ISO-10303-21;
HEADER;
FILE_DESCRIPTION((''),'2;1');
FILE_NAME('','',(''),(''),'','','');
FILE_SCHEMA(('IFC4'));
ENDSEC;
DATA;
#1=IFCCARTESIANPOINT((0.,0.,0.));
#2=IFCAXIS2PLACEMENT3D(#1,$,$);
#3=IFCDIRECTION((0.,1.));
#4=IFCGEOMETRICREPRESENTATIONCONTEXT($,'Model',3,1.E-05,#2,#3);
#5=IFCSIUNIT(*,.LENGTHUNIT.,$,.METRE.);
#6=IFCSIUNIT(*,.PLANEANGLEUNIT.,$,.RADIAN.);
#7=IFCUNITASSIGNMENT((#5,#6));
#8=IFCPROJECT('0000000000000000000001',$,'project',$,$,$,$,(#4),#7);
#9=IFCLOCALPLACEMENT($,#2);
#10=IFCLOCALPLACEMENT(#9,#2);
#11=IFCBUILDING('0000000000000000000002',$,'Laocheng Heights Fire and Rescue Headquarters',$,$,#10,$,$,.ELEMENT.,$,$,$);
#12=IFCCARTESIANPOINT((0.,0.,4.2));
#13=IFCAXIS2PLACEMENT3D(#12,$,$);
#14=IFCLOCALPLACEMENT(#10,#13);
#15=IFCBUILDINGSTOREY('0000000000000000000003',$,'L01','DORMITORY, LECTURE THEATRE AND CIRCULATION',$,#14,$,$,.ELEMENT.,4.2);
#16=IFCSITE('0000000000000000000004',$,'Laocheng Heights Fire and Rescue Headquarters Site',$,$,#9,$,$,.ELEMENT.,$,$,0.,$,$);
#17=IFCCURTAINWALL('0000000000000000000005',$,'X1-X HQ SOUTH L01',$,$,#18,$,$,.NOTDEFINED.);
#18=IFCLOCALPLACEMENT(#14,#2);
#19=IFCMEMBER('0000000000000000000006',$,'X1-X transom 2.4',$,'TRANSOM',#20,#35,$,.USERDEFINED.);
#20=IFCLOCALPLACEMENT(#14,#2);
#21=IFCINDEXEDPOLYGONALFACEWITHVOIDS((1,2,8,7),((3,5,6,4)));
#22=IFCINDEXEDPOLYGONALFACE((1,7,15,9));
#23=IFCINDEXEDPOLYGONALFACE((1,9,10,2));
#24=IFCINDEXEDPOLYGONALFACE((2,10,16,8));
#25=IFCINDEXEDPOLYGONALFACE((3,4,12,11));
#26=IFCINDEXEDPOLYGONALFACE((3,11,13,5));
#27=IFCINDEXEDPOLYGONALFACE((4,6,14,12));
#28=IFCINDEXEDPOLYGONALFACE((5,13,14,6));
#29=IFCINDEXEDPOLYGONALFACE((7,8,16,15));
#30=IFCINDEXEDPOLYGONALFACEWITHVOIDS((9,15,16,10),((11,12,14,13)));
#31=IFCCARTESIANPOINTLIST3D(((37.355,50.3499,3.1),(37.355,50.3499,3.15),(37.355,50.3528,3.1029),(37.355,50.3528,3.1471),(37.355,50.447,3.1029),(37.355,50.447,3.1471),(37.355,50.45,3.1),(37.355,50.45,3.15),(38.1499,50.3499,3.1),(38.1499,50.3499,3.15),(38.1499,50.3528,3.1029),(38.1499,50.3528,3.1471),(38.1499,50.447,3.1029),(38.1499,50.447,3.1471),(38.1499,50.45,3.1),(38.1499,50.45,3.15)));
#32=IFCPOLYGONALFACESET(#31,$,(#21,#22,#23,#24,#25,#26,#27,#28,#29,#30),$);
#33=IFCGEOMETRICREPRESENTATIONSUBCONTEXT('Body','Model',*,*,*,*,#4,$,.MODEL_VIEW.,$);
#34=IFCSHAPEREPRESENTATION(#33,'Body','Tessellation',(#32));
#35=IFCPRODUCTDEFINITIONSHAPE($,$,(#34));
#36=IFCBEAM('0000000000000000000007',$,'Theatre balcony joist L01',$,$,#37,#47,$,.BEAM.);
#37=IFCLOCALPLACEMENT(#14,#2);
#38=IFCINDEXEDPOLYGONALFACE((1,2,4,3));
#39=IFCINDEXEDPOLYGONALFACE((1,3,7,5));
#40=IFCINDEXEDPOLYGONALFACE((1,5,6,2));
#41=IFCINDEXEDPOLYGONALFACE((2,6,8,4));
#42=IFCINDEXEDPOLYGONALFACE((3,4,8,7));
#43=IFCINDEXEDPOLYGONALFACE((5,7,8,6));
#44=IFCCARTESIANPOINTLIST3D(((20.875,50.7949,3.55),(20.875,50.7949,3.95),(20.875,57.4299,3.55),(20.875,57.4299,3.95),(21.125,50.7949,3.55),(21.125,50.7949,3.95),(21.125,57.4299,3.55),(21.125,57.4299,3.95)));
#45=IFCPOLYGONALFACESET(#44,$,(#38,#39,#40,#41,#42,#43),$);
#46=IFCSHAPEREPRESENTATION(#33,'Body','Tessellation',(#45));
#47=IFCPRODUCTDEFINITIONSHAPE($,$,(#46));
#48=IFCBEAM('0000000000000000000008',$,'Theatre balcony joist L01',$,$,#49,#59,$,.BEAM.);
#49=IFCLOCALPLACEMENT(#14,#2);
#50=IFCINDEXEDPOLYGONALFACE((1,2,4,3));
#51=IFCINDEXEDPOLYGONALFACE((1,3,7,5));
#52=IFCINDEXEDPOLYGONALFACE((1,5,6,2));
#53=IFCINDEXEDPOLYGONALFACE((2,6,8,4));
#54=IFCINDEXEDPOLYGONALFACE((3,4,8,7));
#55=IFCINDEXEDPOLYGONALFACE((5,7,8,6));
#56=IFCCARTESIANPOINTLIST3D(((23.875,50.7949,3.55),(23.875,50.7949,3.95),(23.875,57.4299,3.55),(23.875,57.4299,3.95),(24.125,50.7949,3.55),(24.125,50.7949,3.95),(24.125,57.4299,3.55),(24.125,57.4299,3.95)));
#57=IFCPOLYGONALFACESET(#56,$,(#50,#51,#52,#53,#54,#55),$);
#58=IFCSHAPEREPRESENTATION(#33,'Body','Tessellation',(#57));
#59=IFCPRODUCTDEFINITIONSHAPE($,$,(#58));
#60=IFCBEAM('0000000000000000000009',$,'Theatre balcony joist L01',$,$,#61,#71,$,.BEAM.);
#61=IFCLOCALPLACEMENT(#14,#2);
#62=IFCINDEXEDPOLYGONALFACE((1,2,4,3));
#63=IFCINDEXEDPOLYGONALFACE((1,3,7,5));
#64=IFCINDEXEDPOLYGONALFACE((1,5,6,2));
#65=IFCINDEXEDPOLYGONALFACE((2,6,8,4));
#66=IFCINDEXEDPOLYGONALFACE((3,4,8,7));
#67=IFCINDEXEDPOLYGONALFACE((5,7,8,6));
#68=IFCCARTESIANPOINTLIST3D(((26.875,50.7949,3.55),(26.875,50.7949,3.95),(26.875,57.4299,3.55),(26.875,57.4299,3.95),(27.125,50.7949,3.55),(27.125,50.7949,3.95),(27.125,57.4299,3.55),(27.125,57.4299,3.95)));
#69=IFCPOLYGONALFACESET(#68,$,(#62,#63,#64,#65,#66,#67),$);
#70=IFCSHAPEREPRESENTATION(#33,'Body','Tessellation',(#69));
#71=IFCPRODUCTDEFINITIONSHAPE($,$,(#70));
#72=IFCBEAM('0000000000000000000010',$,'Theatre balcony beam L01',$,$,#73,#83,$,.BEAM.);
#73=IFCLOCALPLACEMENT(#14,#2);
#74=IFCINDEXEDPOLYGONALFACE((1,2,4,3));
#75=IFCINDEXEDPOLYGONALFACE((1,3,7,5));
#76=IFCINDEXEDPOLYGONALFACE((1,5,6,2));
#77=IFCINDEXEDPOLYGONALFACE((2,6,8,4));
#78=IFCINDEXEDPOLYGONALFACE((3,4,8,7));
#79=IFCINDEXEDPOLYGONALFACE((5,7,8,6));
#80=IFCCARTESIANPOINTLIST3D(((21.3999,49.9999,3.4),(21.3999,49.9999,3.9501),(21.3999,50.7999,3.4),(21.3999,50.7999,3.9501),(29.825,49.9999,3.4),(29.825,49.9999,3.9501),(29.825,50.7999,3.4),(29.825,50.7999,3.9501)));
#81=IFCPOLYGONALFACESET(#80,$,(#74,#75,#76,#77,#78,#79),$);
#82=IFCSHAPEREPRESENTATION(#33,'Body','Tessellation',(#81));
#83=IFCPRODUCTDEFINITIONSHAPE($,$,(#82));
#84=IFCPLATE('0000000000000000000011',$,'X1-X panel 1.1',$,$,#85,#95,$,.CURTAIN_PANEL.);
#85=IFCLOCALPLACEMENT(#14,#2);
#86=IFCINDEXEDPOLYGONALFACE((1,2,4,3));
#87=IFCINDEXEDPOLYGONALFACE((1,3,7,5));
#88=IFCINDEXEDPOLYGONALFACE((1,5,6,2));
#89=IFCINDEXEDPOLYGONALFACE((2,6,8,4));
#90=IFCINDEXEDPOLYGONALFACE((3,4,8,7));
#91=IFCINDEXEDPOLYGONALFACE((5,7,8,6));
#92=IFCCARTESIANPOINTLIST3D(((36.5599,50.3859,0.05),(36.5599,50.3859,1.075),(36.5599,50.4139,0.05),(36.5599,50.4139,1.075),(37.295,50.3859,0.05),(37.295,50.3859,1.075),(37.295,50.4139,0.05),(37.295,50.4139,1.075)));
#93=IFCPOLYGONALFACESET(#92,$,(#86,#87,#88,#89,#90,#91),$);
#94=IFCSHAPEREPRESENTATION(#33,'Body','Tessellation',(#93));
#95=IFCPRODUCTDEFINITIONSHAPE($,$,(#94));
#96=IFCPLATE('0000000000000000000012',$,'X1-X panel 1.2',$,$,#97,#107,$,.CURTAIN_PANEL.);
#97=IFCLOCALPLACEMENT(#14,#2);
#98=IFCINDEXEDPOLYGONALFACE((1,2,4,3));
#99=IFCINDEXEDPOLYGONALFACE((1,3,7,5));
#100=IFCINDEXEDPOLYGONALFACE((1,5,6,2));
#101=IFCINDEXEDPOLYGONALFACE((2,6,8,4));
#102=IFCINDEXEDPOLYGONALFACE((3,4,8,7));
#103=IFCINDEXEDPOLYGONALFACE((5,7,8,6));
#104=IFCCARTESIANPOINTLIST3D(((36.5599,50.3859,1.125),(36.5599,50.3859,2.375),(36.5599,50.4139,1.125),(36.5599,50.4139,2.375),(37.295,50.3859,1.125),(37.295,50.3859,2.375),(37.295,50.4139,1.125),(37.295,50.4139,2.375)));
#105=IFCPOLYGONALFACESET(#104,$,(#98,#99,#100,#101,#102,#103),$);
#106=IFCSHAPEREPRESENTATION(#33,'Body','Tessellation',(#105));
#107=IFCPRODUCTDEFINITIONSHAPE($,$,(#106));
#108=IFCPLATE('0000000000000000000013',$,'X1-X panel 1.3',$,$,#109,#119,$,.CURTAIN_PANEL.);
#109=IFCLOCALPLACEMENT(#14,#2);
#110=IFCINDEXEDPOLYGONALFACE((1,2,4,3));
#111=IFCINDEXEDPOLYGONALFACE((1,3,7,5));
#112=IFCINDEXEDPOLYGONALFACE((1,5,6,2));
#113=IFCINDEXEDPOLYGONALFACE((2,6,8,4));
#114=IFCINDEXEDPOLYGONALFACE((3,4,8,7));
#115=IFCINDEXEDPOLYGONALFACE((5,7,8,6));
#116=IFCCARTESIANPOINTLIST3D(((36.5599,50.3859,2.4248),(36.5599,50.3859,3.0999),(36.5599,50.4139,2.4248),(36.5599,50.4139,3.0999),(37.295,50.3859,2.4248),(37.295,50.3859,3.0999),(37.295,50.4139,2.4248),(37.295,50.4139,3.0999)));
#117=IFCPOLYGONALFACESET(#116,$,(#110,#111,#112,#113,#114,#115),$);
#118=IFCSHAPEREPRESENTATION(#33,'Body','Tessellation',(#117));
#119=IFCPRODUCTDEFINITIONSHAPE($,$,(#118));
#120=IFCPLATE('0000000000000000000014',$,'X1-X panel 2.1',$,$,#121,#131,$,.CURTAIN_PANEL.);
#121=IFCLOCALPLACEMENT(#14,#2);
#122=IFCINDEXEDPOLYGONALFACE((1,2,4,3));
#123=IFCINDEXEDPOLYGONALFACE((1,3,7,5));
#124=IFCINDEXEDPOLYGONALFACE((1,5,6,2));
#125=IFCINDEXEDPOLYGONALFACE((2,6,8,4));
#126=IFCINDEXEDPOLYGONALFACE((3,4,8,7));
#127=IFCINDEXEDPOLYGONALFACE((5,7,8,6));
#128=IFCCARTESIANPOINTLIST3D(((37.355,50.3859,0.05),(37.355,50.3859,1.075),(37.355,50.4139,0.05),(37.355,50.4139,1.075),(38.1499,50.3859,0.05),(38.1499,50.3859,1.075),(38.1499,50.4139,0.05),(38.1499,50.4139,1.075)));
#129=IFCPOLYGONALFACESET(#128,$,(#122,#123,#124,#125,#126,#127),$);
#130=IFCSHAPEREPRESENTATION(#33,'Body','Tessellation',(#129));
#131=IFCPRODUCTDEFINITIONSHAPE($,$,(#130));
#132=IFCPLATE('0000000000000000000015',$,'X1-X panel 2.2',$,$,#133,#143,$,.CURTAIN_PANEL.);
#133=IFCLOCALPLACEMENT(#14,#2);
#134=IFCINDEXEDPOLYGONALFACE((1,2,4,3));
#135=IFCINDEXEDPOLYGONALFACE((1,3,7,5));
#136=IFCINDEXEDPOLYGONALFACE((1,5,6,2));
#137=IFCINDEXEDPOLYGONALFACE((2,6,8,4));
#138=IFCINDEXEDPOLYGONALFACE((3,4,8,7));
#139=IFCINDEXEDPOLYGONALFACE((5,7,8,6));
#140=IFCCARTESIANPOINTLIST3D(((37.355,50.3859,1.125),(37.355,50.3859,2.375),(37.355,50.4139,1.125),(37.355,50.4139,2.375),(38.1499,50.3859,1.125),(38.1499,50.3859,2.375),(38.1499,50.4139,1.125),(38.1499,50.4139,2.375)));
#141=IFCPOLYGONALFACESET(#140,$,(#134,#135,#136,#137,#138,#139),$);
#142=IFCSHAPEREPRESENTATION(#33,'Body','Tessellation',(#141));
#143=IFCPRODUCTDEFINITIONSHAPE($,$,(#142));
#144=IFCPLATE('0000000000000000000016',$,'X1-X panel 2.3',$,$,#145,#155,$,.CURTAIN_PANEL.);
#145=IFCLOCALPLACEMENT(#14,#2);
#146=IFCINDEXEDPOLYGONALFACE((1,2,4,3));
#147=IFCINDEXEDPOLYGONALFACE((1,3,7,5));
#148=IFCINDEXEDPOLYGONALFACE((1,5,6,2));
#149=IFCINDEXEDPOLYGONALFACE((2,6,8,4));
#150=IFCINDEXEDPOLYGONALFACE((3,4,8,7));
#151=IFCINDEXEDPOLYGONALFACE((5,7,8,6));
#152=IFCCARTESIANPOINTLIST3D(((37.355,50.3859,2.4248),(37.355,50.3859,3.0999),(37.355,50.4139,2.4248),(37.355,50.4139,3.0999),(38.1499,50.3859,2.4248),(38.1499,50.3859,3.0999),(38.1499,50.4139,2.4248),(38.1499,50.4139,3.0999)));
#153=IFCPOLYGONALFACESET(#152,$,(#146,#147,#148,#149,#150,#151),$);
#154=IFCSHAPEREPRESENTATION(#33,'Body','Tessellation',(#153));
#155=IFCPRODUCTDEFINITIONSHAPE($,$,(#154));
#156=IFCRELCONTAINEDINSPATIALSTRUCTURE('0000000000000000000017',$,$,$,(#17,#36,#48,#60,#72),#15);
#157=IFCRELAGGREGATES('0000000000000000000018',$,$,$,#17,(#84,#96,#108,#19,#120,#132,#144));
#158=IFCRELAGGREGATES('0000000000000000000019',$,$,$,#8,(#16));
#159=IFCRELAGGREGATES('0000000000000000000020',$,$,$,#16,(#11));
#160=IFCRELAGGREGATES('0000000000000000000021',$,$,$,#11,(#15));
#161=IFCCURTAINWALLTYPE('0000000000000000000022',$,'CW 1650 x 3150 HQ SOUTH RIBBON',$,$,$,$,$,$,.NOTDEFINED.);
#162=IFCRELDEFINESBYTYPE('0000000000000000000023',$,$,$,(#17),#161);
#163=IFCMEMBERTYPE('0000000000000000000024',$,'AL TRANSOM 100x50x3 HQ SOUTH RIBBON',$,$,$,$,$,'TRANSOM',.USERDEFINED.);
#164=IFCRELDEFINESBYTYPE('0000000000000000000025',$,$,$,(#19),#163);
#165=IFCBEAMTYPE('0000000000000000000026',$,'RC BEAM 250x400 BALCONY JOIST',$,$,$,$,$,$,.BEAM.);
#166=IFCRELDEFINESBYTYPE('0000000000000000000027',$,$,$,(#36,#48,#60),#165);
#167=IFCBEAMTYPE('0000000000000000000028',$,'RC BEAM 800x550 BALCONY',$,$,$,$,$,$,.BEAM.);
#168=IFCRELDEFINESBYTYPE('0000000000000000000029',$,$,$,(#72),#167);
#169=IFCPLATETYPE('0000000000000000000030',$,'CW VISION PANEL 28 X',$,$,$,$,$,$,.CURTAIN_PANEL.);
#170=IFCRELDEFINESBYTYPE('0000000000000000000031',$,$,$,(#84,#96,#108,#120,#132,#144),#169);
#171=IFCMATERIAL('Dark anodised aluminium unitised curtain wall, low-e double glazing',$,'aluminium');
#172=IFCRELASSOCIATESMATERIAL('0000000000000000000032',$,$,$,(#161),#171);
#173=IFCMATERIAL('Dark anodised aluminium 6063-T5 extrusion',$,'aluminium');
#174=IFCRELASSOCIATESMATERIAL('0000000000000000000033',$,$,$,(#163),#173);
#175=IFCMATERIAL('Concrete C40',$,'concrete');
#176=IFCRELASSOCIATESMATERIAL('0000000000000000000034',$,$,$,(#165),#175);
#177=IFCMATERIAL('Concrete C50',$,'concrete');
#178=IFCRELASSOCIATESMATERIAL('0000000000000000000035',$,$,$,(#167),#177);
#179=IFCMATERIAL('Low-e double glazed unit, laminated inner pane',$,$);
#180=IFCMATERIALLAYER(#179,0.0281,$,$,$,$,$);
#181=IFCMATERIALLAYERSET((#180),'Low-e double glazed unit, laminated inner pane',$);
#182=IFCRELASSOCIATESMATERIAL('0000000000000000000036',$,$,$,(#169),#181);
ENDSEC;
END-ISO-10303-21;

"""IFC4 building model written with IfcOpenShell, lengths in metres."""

from ifc_helpers import new_model, si_unit, direction, frame, origin, origin_2d, place, context, subcontext, project, spatial, rectangle, hollow_rectangle, extrude, material, layer, layer_set, material_profile, profile_set, type_object, element, aggregate, save


model = new_model("IFC4")

# Units and contexts
model_context = context("Model", 3, precision=1e-05, world=origin(), true_north=direction((0.0, 1.0)))
body_context = subcontext(model_context, "Body", "Model", "MODEL_VIEW")
ifc_project = project(units=[si_unit("LENGTHUNIT", "METRE"), si_unit("PLANEANGLEUNIT", "RADIAN")], contexts=[model_context])

# Site, building, storey
site_placement = place(None, origin())
site = spatial("IfcSite", under=ifc_project, at=site_placement, Name="Laocheng Heights Fire and Rescue Headquarters Site", CompositionType="ELEMENT", RefElevation=0.0)
building_placement = place(site_placement, origin())
building = spatial("IfcBuilding", under=site, at=building_placement, Name="Laocheng Heights Fire and Rescue Headquarters", CompositionType="ELEMENT")
storey_placement = place(building_placement, frame((0.0, 0.0, 4.2)))
storey = spatial("IfcBuildingStorey", under=building, at=storey_placement, Name="L01", Description="DORMITORY, LECTURE THEATRE AND CIRCULATION", CompositionType="ELEMENT", Elevation=4.2)

# Curtain wall, member
ifc_material_1 = material(Name="Dark anodised aluminium unitised curtain wall, low-e double glazing", Category="aluminium")
curtain_wall_type = type_object("IfcCurtainWallType", Name="CW 1650 x 3150 HQ SOUTH RIBBON", PredefinedType="NOTDEFINED", material=ifc_material_1)
curtain_wall_placement = place(storey_placement, origin())
curtain_wall = element("IfcCurtainWall", 1, at=curtain_wall_placement, inside=storey, type_object=curtain_wall_type, Name="X1-X HQ SOUTH L01", PredefinedType="NOTDEFINED")
ifc_material_2 = material(Name="Dark anodised aluminium 6063-T5 extrusion", Category="aluminium")
ifc_material_profile_1 = material_profile(ifc_material_2, hollow_rectangle(XDim=0.1001, YDim=0.05, WallThickness=0.0029, at=origin_2d()), Name="AL TRANSOM 100x50x3 HQ SOUTH RIBBON")
ifc_profile_set_1 = profile_set([ifc_material_profile_1], Name="Dark anodised aluminium 6063-T5 extrusion")
member_type_1 = type_object("IfcMemberType", Name="AL TRANSOM 100x50x3 HQ SOUTH RIBBON", ElementType="TRANSOM", PredefinedType="USERDEFINED", material=ifc_profile_set_1)
member_1_placement = place(storey_placement, frame((37.355, 50.3999, 3.125), z_axis=(1.0, 0.0, 0.0), x_axis=(0.0, 1.0, 0.0)))
member_1 = element("IfcMember", 2, at=member_1_placement, type_object=member_type_1, Name="X1-X transom 2.4", ObjectType="TRANSOM", PredefinedType="USERDEFINED", context=body_context, shape_type="SweptSolid", body=[
    extrude(hollow_rectangle(XDim=0.1001, YDim=0.05, WallThickness=0.0029, at=origin_2d()), origin(), (0.0, 0.0, 1.0), 0.7949),
])

# Beams
ifc_material_3 = material(Name="Concrete C40", Category="concrete")
ifc_material_profile_2 = material_profile(ifc_material_3, rectangle(XDim=0.25, YDim=0.3999, at=origin_2d()), Name="RC BEAM 250x400 BALCONY JOIST")
ifc_profile_set_2 = profile_set([ifc_material_profile_2], Name="Concrete C40")
beam_type_1 = type_object("IfcBeamType", Name="RC BEAM 250x400 BALCONY JOIST", PredefinedType="BEAM", material=ifc_profile_set_2)
for number, where, z_axis, x_axis, name in (
    (3, (21.0, 50.7949, 3.75), (0.0, 1.0, 0.0), (-1.0, 0.0, 0.0), "Theatre balcony joist L01"),
    (4, (24.0, 50.7949, 3.75), (0.0, 1.0, 0.0), (-1.0, 0.0, 0.0), "Theatre balcony joist L01"),
    (5, (27.0, 50.7949, 3.75), (0.0, 1.0, 0.0), (-1.0, 0.0, 0.0), "Theatre balcony joist L01"),
):
    element("IfcBeam", number, at=place(storey_placement, frame(where, z_axis=z_axis, x_axis=x_axis)), inside=storey, type_object=beam_type_1, Name=name, PredefinedType="BEAM", context=body_context, shape_type="SweptSolid", body=[
        extrude(rectangle(XDim=0.25, YDim=0.3999, at=origin_2d()), origin(), (0.0, 0.0, 1.0), 6.635),
    ])
ifc_material_4 = material(Name="Concrete C50", Category="concrete")
ifc_material_profile_3 = material_profile(ifc_material_4, rectangle(XDim=0.8, YDim=0.55, at=origin_2d()), Name="RC BEAM 800x550 BALCONY")
ifc_profile_set_3 = profile_set([ifc_material_profile_3], Name="Concrete C50")
beam_type_2 = type_object("IfcBeamType", Name="RC BEAM 800x550 BALCONY", PredefinedType="BEAM", material=ifc_profile_set_3)
beam_placement = place(storey_placement, frame((21.3999, 50.3999, 3.675), z_axis=(1.0, 0.0, 0.0), x_axis=(0.0, 1.0, 0.0)))
element("IfcBeam", 6, at=beam_placement, inside=storey, type_object=beam_type_2, Name="Theatre balcony beam L01", PredefinedType="BEAM", context=body_context, shape_type="SweptSolid", body=[
    extrude(rectangle(XDim=0.8, YDim=0.55, at=origin_2d()), origin(), (0.0, 0.0, 1.0), 8.425),
])

# Plates
ifc_material_5 = material(Name="Low-e double glazed unit, laminated inner pane")
ifc_layer = layer(ifc_material_5, 0.0281)
ifc_layer_set = layer_set([ifc_layer], Name="Low-e double glazed unit, laminated inner pane")
plate_type = type_object("IfcPlateType", Name="CW VISION PANEL 28 X", PredefinedType="CURTAIN_PANEL", material=ifc_layer_set)
plate_1_placement = place(storey_placement, frame((36.9275, 50.3999, 0.05), z_axis=(0.0, 0.0, 1.0), x_axis=(1.0, 0.0, 0.0)))
plate_1 = element("IfcPlate", 7, at=plate_1_placement, type_object=plate_type, Name="X1-X panel 1.1", PredefinedType="CURTAIN_PANEL", context=body_context, shape_type="SweptSolid", body=[
    extrude(rectangle(XDim=0.7351, YDim=0.0281, at=origin_2d()), origin(), (0.0, 0.0, 1.0), 1.0249),
])
plate_2_placement = place(storey_placement, frame((36.9275, 50.3999, 1.125), z_axis=(0.0, 0.0, 1.0), x_axis=(1.0, 0.0, 0.0)))
plate_2 = element("IfcPlate", 8, at=plate_2_placement, type_object=plate_type, Name="X1-X panel 1.2", PredefinedType="CURTAIN_PANEL", context=body_context, shape_type="SweptSolid", body=[
    extrude(rectangle(XDim=0.7351, YDim=0.0281, at=origin_2d()), origin(), (0.0, 0.0, 1.0), 1.25),
])
plate_3_placement = place(storey_placement, frame((36.9275, 50.3999, 2.4248), z_axis=(0.0, 0.0, 1.0), x_axis=(1.0, 0.0, 0.0)))
plate_3 = element("IfcPlate", 9, at=plate_3_placement, type_object=plate_type, Name="X1-X panel 1.3", PredefinedType="CURTAIN_PANEL", context=body_context, shape_type="SweptSolid", body=[
    extrude(rectangle(XDim=0.7351, YDim=0.0281, at=origin_2d()), origin(), (0.0, 0.0, 1.0), 0.675),
])
plate_4_placement = place(storey_placement, frame((37.7524, 50.3999, 0.05), z_axis=(0.0, 0.0, 1.0), x_axis=(1.0, 0.0, 0.0)))
plate_4 = element("IfcPlate", 10, at=plate_4_placement, type_object=plate_type, Name="X1-X panel 2.1", PredefinedType="CURTAIN_PANEL", context=body_context, shape_type="SweptSolid", body=[
    extrude(rectangle(XDim=0.7949, YDim=0.0281, at=origin_2d()), origin(), (0.0, 0.0, 1.0), 1.0249),
])
plate_5_placement = place(storey_placement, frame((37.7524, 50.3999, 1.125), z_axis=(0.0, 0.0, 1.0), x_axis=(1.0, 0.0, 0.0)))
plate_5 = element("IfcPlate", 11, at=plate_5_placement, type_object=plate_type, Name="X1-X panel 2.2", PredefinedType="CURTAIN_PANEL", context=body_context, shape_type="SweptSolid", body=[
    extrude(rectangle(XDim=0.7949, YDim=0.0281, at=origin_2d()), origin(), (0.0, 0.0, 1.0), 1.25),
])
plate_6_placement = place(storey_placement, frame((37.7524, 50.3999, 2.4248), z_axis=(0.0, 0.0, 1.0), x_axis=(1.0, 0.0, 0.0)))
plate_6 = element("IfcPlate", 12, at=plate_6_placement, type_object=plate_type, Name="X1-X panel 2.3", PredefinedType="CURTAIN_PANEL", context=body_context, shape_type="SweptSolid", body=[
    extrude(rectangle(XDim=0.7949, YDim=0.0281, at=origin_2d()), origin(), (0.0, 0.0, 1.0), 0.675),
])
aggregate(curtain_wall, [plate_1, plate_2, plate_3, member_1, plate_4, plate_5, plate_6])

save(model, "model.ifc")
